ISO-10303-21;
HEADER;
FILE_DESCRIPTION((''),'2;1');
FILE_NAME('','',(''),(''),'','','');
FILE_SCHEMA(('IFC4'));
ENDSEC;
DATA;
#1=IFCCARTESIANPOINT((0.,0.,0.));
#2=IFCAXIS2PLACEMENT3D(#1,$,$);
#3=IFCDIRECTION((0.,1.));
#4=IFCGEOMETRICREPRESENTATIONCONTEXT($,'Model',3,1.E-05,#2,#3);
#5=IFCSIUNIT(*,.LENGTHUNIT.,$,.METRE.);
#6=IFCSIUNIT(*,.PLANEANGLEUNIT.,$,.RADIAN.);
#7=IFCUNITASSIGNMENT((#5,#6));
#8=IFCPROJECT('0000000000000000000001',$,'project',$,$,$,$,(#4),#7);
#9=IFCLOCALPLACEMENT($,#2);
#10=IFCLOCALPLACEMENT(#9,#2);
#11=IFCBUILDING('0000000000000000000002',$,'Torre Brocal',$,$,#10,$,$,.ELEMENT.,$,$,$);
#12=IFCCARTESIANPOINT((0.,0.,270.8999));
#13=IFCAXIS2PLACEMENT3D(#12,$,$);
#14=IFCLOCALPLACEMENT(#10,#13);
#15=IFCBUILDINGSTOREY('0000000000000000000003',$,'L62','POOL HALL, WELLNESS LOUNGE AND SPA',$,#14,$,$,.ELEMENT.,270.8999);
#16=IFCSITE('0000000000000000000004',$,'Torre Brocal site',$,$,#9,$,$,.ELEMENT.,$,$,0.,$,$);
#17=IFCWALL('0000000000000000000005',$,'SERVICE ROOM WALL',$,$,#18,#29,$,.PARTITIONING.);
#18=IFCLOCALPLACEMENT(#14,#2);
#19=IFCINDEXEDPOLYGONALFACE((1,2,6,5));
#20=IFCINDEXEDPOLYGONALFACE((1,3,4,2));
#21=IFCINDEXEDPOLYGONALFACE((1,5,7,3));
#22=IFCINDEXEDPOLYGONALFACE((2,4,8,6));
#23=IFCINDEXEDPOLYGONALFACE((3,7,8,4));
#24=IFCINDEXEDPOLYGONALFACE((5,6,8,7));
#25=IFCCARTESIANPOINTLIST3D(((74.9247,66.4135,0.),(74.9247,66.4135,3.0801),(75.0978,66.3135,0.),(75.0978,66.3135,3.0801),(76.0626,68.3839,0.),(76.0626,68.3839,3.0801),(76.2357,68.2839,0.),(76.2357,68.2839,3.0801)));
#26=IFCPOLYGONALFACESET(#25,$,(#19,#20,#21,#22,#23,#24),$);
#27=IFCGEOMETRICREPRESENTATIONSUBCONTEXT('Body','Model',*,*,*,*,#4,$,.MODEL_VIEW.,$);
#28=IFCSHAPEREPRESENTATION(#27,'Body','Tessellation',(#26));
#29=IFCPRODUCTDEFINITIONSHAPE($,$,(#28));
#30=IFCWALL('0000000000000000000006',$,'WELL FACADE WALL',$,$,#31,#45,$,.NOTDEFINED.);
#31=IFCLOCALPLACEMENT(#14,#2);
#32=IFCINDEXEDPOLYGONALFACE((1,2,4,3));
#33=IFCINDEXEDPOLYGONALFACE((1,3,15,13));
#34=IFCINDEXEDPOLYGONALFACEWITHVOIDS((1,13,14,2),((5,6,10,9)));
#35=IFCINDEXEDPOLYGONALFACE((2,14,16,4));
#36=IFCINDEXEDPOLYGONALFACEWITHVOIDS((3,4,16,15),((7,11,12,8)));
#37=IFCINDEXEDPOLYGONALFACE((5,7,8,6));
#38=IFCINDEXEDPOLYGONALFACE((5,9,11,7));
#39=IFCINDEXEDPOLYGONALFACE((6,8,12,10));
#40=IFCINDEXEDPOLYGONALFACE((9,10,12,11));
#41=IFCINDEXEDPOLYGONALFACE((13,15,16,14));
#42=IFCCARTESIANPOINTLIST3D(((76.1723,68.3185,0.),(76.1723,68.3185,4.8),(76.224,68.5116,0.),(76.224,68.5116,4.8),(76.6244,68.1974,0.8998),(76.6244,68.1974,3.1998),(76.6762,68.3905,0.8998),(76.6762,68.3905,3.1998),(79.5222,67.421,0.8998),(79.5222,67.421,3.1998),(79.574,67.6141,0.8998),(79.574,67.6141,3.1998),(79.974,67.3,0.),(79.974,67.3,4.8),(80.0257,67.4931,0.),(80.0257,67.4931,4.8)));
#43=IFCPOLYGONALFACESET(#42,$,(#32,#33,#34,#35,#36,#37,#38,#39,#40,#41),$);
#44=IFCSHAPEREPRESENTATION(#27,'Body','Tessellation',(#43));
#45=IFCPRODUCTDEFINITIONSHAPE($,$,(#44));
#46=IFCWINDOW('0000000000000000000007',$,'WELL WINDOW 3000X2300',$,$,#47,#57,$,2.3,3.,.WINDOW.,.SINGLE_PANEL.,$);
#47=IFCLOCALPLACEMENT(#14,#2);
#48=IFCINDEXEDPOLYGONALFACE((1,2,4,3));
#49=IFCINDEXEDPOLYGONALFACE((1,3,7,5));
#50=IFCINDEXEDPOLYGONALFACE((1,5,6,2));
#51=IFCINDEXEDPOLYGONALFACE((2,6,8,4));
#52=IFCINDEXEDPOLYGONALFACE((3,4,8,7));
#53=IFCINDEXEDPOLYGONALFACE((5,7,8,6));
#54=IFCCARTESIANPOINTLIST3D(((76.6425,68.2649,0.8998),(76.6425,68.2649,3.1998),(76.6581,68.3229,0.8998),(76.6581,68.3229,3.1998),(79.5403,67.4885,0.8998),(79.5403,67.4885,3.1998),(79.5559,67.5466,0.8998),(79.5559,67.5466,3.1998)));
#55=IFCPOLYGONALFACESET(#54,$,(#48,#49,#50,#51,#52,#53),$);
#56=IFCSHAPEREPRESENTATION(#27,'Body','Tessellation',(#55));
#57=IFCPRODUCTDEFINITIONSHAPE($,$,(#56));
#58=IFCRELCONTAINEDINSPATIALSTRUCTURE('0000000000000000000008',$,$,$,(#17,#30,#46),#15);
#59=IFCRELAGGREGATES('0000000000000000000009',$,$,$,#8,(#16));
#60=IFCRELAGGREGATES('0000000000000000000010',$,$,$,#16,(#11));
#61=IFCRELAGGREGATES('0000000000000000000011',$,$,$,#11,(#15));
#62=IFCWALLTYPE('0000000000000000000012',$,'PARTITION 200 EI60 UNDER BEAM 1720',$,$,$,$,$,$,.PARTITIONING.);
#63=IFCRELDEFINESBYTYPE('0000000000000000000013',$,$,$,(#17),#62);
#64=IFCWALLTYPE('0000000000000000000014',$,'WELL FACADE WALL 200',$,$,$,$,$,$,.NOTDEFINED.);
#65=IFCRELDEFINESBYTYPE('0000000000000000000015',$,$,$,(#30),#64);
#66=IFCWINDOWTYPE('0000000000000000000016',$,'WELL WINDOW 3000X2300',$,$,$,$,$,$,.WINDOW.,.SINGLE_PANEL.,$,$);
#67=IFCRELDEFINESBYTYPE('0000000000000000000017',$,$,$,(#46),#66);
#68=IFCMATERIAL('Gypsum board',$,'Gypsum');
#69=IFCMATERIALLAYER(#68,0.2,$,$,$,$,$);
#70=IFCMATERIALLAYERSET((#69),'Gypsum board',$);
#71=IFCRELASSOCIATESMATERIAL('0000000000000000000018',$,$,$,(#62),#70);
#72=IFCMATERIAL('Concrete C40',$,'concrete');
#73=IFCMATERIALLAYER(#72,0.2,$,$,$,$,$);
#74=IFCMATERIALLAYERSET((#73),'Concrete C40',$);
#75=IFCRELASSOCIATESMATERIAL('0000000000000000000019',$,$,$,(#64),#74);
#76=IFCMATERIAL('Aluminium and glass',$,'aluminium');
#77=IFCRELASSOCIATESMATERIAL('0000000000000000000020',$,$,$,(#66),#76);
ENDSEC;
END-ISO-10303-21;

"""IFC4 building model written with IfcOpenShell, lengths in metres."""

from ifc_helpers import new_model, si_unit, direction, frame, frame_2d, origin, place, context, subcontext, project, spatial, rectangle, extrude, material, layer, layer_set, type_object, element, fill, save


model = new_model("IFC4")

# Units and contexts
model_context = context("Model", 3, precision=1e-05, world=origin(), true_north=direction((0.0, 1.0)))
body_context = subcontext(model_context, "Body", "Model", "MODEL_VIEW")
ifc_project = project(units=[si_unit("LENGTHUNIT", "METRE"), si_unit("PLANEANGLEUNIT", "RADIAN")], contexts=[model_context])

# Site, building, storey
site_placement = place(None, origin())
site = spatial("IfcSite", under=ifc_project, at=site_placement, Name="Torre Brocal site", CompositionType="ELEMENT", RefElevation=0.0)
building_placement = place(site_placement, origin())
building = spatial("IfcBuilding", under=site, at=building_placement, Name="Torre Brocal", CompositionType="ELEMENT")
storey_placement = place(building_placement, frame((0.0, 0.0, 270.8999)))
storey = spatial("IfcBuildingStorey", under=building, at=storey_placement, Name="L62", Description="POOL HALL, WELLNESS LOUNGE AND SPA", CompositionType="ELEMENT", Elevation=270.8999)

# Wall
ifc_material_1 = material(Name="Gypsum board", Category="Gypsum")
ifc_layer_1 = layer(ifc_material_1, 0.2)
ifc_layer_set_1 = layer_set([ifc_layer_1], Name="Gypsum board")
wall_type_1 = type_object("IfcWallType", Name="PARTITION 200 EI60 UNDER BEAM 1720", PredefinedType="PARTITIONING", material=ifc_layer_set_1)
wall_1_placement = place(storey_placement, frame((75.0112, 66.3635, 0.0), z_axis=(0.0, 0.0, 1.0), x_axis=(0.500097, 0.865969, 0.0)))
element("IfcWall", 1, at=wall_1_placement, inside=storey, type_object=wall_type_1, Name="SERVICE ROOM WALL", PredefinedType="PARTITIONING", context=body_context, shape_type="SweptSolid", body=[
    extrude(rectangle(XDim=2.2754, YDim=0.2, at=frame_2d((1.1377, 0.0))), origin(), (0.0, 0.0, 1.0), 3.0801),
])

# Wall, opening, window
ifc_material_2 = material(Name="Concrete C40", Category="concrete")
ifc_layer_2 = layer(ifc_material_2, 0.2)
ifc_layer_set_2 = layer_set([ifc_layer_2], Name="Concrete C40")
wall_type_2 = type_object("IfcWallType", Name="WELL FACADE WALL 200", PredefinedType="NOTDEFINED", material=ifc_layer_set_2)
wall_2_placement = place(storey_placement, frame((76.1982, 68.415, 0.0), z_axis=(0.0, 0.0, 1.0), x_axis=(0.965934, -0.25879, 0.0)))
wall_2 = element("IfcWall", 2, at=wall_2_placement, inside=storey, type_object=wall_type_2, Name="WELL FACADE WALL", PredefinedType="NOTDEFINED", context=body_context, shape_type="SweptSolid", body=[
    extrude(rectangle(XDim=3.9358, YDim=0.2, at=frame_2d((1.9678, 0.0))), origin(), (0.0, 0.0, 1.0), 4.8),
])
opening_1_placement = place(wall_2_placement, frame((0.468, 0.0, 0.8999)))
opening_1 = element("IfcOpeningElement", 3, at=opening_1_placement, cuts=wall_2, PredefinedType="OPENING", context=body_context, shape_type="SweptSolid", body=[
    extrude(rectangle(XDim=3.0, YDim=2.3, at=frame_2d((1.5, 1.1499))), frame((0.0, 0.1099, 0.0), z_axis=(0.0, -1.0, 0.0), x_axis=(1.0, 0.0, 0.0)), (0.0, 0.0, 1.0), 0.22),
])
ifc_material_3 = material(Name="Aluminium and glass", Category="aluminium")
window_type = type_object("IfcWindowType", Name="WELL WINDOW 3000X2300", PartitioningType="SINGLE_PANEL", PredefinedType="WINDOW", material=ifc_material_3)
window_placement = place(opening_1_placement, origin())
window = element("IfcWindow", 4, at=window_placement, inside=storey, type_object=window_type, Name="WELL WINDOW 3000X2300", OverallHeight=2.3, OverallWidth=3.0, PartitioningType="SINGLE_PANEL", PredefinedType="WINDOW", context=body_context, shape_type="SweptSolid", body=[
    extrude(rectangle(XDim=3.0, YDim=2.3, at=frame_2d((1.5, 1.1499))), frame((0.0, 0.03, 0.0), z_axis=(0.0, -1.0, 0.0), x_axis=(1.0, 0.0, 0.0)), (0.0, 0.0, 1.0), 0.0601),
])
fill(opening_1, window)

save(model, "model.ifc")
